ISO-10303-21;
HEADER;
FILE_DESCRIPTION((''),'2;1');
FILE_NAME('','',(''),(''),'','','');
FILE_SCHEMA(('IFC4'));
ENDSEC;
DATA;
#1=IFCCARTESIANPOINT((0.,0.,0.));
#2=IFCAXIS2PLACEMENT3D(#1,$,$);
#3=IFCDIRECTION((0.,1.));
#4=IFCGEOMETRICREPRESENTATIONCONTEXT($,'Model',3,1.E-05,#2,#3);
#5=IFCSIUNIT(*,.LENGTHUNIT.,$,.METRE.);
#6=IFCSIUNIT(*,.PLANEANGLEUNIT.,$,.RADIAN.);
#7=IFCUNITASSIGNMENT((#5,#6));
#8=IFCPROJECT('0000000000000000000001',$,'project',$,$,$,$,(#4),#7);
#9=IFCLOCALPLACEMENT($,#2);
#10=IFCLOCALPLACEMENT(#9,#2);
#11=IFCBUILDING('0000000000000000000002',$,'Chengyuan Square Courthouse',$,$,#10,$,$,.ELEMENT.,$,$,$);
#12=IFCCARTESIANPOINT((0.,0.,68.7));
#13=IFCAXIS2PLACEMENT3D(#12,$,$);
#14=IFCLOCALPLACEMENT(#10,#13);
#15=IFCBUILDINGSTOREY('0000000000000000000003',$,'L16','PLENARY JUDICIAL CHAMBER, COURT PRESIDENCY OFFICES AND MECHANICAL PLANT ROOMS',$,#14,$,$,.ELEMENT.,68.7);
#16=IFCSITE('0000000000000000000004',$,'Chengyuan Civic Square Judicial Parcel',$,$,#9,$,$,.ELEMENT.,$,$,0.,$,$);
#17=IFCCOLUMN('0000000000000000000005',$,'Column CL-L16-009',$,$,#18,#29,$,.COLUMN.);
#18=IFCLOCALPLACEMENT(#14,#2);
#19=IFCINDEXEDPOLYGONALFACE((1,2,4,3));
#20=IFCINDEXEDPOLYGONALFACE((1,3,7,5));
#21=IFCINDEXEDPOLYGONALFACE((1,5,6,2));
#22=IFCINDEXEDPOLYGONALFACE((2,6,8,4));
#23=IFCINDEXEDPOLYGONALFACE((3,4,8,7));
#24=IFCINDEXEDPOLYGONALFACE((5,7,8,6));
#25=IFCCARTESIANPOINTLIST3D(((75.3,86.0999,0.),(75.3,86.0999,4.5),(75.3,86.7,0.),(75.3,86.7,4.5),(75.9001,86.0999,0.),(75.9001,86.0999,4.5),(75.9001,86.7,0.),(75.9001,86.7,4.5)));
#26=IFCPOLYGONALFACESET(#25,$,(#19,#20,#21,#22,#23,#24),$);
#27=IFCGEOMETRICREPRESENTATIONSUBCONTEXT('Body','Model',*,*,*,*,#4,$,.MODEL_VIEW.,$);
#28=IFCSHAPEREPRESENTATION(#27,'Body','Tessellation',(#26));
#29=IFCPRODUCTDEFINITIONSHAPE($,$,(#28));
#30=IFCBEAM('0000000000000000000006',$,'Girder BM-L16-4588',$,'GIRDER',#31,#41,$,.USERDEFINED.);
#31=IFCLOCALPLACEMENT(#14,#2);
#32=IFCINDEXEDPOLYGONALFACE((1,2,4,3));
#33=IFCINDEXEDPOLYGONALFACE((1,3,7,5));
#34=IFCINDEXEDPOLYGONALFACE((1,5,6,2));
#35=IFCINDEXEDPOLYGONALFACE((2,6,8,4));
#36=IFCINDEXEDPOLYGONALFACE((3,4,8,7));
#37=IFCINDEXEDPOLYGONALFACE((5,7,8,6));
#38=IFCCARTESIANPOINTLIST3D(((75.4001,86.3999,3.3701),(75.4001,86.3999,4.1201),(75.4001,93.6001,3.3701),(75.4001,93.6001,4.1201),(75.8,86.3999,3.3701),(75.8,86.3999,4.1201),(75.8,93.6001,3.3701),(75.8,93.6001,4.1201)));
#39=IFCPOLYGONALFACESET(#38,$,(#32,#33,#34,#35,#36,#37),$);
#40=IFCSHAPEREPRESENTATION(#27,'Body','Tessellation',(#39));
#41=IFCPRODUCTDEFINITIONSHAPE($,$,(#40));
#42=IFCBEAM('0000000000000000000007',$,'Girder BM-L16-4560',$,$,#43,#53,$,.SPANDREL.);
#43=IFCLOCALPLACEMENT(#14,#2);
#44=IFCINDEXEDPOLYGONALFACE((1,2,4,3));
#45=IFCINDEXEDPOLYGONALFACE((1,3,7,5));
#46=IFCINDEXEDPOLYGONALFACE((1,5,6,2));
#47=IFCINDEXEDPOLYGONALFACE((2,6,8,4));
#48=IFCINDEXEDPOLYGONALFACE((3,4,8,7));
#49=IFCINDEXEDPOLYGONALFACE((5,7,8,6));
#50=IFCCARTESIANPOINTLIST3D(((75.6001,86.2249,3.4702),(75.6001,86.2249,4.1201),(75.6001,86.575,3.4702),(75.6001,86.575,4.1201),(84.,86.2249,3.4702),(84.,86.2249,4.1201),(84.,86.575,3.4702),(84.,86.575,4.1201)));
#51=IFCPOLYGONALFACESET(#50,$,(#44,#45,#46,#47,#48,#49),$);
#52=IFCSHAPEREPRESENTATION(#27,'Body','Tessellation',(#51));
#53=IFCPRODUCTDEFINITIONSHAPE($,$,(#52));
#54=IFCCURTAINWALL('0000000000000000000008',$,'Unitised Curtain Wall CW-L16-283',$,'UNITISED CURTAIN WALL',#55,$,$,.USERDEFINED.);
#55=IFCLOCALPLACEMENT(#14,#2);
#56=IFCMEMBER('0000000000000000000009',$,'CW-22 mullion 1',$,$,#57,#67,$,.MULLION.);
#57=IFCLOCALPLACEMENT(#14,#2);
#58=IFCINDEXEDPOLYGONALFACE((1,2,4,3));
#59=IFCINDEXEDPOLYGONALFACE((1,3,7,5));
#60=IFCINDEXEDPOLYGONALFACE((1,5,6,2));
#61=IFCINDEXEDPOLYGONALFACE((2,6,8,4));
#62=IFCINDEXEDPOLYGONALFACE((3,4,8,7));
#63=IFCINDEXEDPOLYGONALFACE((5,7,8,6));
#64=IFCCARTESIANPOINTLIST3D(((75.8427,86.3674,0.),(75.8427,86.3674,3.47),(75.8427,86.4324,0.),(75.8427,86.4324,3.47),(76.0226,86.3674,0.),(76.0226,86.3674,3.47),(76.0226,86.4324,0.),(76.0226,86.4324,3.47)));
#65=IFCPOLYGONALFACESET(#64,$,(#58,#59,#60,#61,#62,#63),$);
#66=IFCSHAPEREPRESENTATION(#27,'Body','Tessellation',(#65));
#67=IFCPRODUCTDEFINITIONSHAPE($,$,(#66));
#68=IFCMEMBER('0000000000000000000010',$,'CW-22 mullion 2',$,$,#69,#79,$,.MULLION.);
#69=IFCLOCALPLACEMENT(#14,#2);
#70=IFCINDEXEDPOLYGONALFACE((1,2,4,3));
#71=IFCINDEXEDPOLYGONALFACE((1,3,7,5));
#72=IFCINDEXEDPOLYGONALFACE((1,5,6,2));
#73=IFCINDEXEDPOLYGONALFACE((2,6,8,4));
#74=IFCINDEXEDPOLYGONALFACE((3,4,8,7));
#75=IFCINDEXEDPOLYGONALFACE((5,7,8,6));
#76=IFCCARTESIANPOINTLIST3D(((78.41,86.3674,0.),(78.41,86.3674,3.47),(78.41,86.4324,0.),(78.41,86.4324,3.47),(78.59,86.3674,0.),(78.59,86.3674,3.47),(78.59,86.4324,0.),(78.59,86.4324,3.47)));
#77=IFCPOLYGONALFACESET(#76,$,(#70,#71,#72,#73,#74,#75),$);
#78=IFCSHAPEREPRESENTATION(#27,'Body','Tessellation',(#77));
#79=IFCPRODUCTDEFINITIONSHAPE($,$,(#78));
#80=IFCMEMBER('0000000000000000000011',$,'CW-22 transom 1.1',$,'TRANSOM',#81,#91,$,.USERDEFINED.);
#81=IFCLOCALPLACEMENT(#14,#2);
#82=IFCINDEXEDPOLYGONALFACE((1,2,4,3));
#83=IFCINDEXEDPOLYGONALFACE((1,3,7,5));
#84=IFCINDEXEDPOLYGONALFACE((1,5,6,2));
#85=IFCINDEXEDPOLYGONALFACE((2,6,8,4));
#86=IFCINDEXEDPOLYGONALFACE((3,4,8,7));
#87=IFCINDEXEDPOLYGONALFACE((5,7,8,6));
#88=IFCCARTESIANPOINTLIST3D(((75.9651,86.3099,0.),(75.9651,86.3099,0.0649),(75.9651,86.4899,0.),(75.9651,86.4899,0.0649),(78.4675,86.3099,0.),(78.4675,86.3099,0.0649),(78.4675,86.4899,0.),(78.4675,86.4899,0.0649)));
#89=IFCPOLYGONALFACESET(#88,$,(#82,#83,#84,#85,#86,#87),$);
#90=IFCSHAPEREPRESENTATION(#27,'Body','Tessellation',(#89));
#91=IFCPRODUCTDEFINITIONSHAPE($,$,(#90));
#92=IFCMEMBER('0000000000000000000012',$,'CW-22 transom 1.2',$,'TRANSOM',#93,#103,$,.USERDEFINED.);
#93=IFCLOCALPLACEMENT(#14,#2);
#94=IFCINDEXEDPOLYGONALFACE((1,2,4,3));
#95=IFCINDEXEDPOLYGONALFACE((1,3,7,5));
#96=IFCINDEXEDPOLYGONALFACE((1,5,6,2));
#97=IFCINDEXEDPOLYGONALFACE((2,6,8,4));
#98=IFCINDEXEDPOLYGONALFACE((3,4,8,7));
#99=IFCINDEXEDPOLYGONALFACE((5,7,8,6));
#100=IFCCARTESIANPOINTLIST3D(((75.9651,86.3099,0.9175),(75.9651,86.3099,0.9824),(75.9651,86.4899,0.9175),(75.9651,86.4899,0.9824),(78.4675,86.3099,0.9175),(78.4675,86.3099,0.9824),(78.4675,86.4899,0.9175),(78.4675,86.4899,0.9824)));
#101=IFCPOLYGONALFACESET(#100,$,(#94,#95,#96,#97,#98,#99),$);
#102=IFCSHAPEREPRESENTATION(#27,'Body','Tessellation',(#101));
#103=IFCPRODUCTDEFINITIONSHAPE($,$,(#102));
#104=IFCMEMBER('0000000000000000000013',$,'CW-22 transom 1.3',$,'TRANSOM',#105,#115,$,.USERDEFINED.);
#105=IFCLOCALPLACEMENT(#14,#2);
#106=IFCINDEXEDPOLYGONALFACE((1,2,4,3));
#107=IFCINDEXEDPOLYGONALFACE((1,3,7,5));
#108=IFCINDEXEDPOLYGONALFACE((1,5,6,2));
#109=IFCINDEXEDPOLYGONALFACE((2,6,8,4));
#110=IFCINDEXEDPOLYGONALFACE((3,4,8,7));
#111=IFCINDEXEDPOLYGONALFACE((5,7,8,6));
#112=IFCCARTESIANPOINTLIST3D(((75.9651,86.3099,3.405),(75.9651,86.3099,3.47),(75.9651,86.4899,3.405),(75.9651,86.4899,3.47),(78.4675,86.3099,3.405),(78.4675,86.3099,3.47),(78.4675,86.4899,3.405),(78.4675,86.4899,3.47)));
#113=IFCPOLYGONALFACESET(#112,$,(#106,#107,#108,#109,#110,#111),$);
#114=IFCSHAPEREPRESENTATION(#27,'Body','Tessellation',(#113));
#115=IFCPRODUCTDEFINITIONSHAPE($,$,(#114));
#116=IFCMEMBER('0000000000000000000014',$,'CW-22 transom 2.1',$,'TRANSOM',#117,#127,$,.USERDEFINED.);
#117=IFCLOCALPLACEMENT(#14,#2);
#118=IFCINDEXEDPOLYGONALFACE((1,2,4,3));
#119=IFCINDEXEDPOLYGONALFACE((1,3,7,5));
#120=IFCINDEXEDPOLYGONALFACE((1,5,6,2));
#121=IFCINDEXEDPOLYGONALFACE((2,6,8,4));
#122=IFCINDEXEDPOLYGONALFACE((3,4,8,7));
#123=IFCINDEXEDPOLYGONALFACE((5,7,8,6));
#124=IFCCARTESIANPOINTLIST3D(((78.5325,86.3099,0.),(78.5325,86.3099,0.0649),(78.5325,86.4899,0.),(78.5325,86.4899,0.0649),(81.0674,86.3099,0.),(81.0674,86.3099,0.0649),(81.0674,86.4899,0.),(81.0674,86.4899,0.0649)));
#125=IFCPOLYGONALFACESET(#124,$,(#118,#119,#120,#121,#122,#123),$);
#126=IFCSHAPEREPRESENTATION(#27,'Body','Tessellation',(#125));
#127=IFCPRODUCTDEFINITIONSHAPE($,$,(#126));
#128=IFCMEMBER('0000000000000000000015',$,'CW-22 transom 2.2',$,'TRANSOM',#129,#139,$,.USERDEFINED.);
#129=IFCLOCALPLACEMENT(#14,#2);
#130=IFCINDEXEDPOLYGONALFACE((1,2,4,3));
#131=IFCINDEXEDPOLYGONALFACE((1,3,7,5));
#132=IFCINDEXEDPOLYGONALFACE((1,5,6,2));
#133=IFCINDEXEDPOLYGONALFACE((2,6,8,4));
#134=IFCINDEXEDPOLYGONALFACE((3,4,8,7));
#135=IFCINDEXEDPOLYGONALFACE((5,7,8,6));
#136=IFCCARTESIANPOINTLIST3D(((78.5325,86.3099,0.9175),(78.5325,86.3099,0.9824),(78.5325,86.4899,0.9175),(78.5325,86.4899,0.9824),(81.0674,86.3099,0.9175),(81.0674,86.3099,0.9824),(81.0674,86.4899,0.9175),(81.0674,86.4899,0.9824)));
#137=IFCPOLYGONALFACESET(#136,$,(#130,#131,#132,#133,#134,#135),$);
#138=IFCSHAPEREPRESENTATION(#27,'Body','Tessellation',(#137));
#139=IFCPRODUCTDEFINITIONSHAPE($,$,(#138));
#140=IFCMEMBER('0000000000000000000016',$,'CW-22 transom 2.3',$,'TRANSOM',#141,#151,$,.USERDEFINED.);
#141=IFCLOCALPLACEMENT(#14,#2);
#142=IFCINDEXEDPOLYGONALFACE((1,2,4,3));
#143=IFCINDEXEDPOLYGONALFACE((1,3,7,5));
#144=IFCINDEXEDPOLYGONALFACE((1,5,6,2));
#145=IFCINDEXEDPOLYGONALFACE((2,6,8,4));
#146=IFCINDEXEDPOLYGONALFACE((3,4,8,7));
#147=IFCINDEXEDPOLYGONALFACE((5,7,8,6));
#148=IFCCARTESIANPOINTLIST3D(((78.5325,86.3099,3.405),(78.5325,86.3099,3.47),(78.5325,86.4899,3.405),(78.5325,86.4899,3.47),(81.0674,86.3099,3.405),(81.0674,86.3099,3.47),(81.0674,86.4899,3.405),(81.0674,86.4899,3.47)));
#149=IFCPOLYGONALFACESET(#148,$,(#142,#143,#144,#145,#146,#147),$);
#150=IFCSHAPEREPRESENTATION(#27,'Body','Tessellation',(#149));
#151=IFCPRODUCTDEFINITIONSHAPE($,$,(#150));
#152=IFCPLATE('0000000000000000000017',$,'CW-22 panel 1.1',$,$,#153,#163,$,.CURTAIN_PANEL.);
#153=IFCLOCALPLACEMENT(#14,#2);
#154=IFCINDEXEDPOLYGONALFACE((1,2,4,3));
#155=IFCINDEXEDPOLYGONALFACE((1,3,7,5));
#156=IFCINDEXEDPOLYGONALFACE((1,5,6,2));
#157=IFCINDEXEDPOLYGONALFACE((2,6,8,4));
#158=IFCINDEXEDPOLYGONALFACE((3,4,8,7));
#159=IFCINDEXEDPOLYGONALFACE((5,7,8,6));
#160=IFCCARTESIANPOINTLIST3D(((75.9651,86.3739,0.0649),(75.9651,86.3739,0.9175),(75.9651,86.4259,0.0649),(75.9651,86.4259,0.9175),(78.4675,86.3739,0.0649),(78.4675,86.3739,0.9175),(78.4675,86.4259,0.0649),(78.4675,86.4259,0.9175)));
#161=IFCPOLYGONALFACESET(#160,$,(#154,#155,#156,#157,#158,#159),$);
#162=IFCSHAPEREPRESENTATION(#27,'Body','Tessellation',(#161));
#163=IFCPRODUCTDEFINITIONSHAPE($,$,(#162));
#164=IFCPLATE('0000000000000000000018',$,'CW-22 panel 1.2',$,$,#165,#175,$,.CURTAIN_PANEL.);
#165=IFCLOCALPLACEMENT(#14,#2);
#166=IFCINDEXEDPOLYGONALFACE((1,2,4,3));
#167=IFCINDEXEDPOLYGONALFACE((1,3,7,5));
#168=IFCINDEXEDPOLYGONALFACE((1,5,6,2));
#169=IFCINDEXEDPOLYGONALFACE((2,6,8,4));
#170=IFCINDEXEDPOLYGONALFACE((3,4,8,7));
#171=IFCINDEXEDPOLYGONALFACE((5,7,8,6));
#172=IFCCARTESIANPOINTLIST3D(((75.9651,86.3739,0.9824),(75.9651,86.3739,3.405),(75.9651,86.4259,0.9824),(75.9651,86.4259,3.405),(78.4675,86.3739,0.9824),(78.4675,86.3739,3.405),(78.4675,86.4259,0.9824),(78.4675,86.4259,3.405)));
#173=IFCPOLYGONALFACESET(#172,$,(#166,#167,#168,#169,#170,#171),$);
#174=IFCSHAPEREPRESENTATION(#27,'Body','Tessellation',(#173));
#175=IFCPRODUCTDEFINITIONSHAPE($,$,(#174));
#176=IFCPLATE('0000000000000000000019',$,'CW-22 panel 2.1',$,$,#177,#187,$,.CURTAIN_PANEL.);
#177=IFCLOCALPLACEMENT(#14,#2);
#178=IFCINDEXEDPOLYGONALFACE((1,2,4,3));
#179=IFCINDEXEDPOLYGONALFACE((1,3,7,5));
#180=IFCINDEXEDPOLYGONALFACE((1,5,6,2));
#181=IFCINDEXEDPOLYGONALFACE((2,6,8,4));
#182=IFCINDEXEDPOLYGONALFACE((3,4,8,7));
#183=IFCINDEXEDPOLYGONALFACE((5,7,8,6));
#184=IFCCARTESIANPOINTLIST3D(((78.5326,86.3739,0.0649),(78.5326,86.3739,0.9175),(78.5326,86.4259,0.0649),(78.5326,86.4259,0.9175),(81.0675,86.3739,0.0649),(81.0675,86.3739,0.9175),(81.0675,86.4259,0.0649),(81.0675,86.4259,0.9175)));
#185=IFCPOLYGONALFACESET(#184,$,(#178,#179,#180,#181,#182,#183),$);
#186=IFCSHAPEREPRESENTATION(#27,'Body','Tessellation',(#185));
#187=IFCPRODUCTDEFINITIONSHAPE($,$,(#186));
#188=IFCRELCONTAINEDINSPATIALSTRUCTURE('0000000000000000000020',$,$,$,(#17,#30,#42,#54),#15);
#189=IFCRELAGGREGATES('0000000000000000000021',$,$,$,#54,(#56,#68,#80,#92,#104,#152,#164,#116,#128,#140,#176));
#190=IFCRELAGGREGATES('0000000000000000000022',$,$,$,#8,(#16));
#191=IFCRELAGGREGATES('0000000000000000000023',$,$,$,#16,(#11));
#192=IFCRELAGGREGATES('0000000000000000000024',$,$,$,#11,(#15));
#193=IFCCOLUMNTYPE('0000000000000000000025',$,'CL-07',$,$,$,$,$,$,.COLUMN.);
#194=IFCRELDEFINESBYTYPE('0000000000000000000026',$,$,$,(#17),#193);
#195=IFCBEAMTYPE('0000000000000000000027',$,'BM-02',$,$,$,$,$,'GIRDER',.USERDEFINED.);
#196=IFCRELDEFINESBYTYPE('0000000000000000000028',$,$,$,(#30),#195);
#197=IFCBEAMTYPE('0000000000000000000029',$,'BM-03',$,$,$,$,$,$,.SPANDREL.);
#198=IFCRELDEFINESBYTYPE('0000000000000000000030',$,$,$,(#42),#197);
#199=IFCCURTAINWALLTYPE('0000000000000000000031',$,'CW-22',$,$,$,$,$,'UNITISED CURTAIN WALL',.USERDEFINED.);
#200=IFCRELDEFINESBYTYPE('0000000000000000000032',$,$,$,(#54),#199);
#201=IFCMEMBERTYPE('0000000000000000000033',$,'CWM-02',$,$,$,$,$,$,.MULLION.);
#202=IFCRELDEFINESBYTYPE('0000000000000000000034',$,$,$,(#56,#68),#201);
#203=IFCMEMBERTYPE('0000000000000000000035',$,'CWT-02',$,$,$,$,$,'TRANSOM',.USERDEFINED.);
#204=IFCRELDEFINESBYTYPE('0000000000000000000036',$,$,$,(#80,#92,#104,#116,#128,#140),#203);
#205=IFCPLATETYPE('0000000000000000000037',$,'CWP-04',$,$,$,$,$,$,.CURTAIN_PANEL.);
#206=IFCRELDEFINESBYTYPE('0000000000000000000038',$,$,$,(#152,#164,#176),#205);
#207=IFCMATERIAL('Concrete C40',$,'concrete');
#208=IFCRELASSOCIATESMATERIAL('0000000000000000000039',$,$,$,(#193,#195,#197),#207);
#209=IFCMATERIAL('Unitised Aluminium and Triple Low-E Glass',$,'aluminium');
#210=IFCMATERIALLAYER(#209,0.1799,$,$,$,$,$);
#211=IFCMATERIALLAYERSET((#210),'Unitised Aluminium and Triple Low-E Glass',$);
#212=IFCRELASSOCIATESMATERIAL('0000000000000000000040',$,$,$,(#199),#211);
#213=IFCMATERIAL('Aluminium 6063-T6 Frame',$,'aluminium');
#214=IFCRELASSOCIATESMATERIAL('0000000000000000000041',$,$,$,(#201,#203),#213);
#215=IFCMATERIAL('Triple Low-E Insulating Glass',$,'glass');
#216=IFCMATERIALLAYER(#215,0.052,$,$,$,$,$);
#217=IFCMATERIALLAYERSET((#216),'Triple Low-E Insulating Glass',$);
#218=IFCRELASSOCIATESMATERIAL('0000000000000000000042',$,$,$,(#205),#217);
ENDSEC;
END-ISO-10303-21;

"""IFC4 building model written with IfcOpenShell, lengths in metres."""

from ifc_helpers import new_model, si_unit, direction, frame, origin, origin_2d, place, context, subcontext, project, spatial, rectangle, extrude, material, layer, layer_set, material_profile, profile_set, type_object, element, aggregate, save


model = new_model("IFC4")

# Units and contexts
model_context = context("Model", 3, precision=1e-05, world=origin(), true_north=direction((0.0, 1.0)))
body_context = subcontext(model_context, "Body", "Model", "MODEL_VIEW")
ifc_project = project(units=[si_unit("LENGTHUNIT", "METRE"), si_unit("PLANEANGLEUNIT", "RADIAN")], contexts=[model_context])

# Site, building, storey
site_placement = place(None, origin())
site = spatial("IfcSite", under=ifc_project, at=site_placement, Name="Chengyuan Civic Square Judicial Parcel", CompositionType="ELEMENT", RefElevation=0.0)
building_placement = place(site_placement, origin())
building = spatial("IfcBuilding", under=site, at=building_placement, Name="Chengyuan Square Courthouse", CompositionType="ELEMENT")
storey_placement = place(building_placement, frame((0.0, 0.0, 68.7)))
storey = spatial("IfcBuildingStorey", under=building, at=storey_placement, Name="L16", Description="PLENARY JUDICIAL CHAMBER, COURT PRESIDENCY OFFICES AND MECHANICAL PLANT ROOMS", CompositionType="ELEMENT", Elevation=68.7)

# Column
ifc_material_1 = material(Name="Concrete C40", Category="concrete")
ifc_material_profile_1 = material_profile(ifc_material_1, rectangle(XDim=0.6001, YDim=0.6001, at=origin_2d()), Name="RC-COL-600x600")
ifc_profile_set_1 = profile_set([ifc_material_profile_1], Name="Concrete C40")
column_type = type_object("IfcColumnType", Name="CL-07", PredefinedType="COLUMN", material=ifc_profile_set_1)
column_placement = place(storey_placement, frame((75.6001, 86.3999, 0.0), z_axis=(0.0, 0.0, 1.0), x_axis=(1.0, 0.0, 0.0)))
element("IfcColumn", 1, at=column_placement, inside=storey, type_object=column_type, Name="Column CL-L16-009", PredefinedType="COLUMN", context=body_context, shape_type="SweptSolid", body=[
    extrude(rectangle(XDim=0.6001, YDim=0.6001, at=origin_2d()), origin(), (0.0, 0.0, 1.0), 4.5),
])

# Beams
ifc_material_profile_2 = material_profile(ifc_material_1, rectangle(XDim=0.3999, YDim=0.75, at=origin_2d()), Name="RC-BM-400x750")
ifc_profile_set_2 = profile_set([ifc_material_profile_2], Name="Concrete C40")
beam_type_1 = type_object("IfcBeamType", Name="BM-02", ElementType="GIRDER", PredefinedType="USERDEFINED", material=ifc_profile_set_2)
beam_1_placement = place(storey_placement, frame((75.6001, 86.3999, 3.7451), z_axis=(0.0, 1.0, 0.0), x_axis=(-1.0, 0.0, 0.0)))
element("IfcBeam", 2, at=beam_1_placement, inside=storey, type_object=beam_type_1, Name="Girder BM-L16-4588", ObjectType="GIRDER", PredefinedType="USERDEFINED", context=body_context, shape_type="SweptSolid", body=[
    extrude(rectangle(XDim=0.3999, YDim=0.75, at=origin_2d()), origin(), (0.0, 0.0, 1.0), 7.2002),
])
ifc_material_profile_3 = material_profile(ifc_material_1, rectangle(XDim=0.3501, YDim=0.6499, at=origin_2d()), Name="RC-BM-350x650")
ifc_profile_set_3 = profile_set([ifc_material_profile_3], Name="Concrete C40")
beam_type_2 = type_object("IfcBeamType", Name="BM-03", PredefinedType="SPANDREL", material=ifc_profile_set_3)
beam_2_placement = place(storey_placement, frame((75.6001, 86.3999, 3.7952), z_axis=(1.0, 0.0, 0.0), x_axis=(0.0, 1.0, 0.0)))
element("IfcBeam", 3, at=beam_2_placement, inside=storey, type_object=beam_type_2, Name="Girder BM-L16-4560", PredefinedType="SPANDREL", context=body_context, shape_type="SweptSolid", body=[
    extrude(rectangle(XDim=0.3501, YDim=0.6499, at=origin_2d()), origin(), (0.0, 0.0, 1.0), 8.3999),
])

# Curtain wall, members, plates
ifc_material_2 = material(Name="Unitised Aluminium and Triple Low-E Glass", Category="aluminium")
ifc_layer_1 = layer(ifc_material_2, 0.1799)
ifc_layer_set_1 = layer_set([ifc_layer_1], Name="Unitised Aluminium and Triple Low-E Glass")
curtain_wall_type = type_object("IfcCurtainWallType", Name="CW-22", ElementType="UNITISED CURTAIN WALL", PredefinedType="USERDEFINED", material=ifc_layer_set_1)
curtain_wall_placement = place(storey_placement, origin())
curtain_wall = element("IfcCurtainWall", 4, at=curtain_wall_placement, inside=storey, type_object=curtain_wall_type, Name="Unitised Curtain Wall CW-L16-283", ObjectType="UNITISED CURTAIN WALL", PredefinedType="USERDEFINED")
ifc_material_3 = material(Name="Aluminium 6063-T6 Frame", Category="aluminium")
ifc_material_profile_4 = material_profile(ifc_material_3, rectangle(XDim=0.0649, YDim=0.1799, at=origin_2d()), Name="CW-MUL-65x180")
ifc_profile_set_4 = profile_set([ifc_material_profile_4], Name="Aluminium 6063-T6 Frame")
member_type_1 = type_object("IfcMemberType", Name="CWM-02", PredefinedType="MULLION", material=ifc_profile_set_4)
member_1_placement = place(storey_placement, frame((75.9326, 86.3999, 0.0), z_axis=(0.0, 0.0, 1.0), x_axis=(0.0, 1.0, 0.0)))
member_1 = element("IfcMember", 5, at=member_1_placement, type_object=member_type_1, Name="CW-22 mullion 1", PredefinedType="MULLION", context=body_context, shape_type="SweptSolid", body=[
    extrude(rectangle(XDim=0.0649, YDim=0.1799, at=origin_2d()), origin(), (0.0, 0.0, 1.0), 3.47),
])
member_2_placement = place(storey_placement, frame((78.5, 86.3999, 0.0), z_axis=(0.0, 0.0, 1.0), x_axis=(0.0, 1.0, 0.0)))
member_2 = element("IfcMember", 6, at=member_2_placement, type_object=member_type_1, Name="CW-22 mullion 2", PredefinedType="MULLION", context=body_context, shape_type="SweptSolid", body=[
    extrude(rectangle(XDim=0.0649, YDim=0.1799, at=origin_2d()), origin(), (0.0, 0.0, 1.0), 3.47),
])
ifc_material_profile_5 = material_profile(ifc_material_3, rectangle(XDim=0.1799, YDim=0.0649, at=origin_2d()), Name="CW-TRN-65x140")
ifc_profile_set_5 = profile_set([ifc_material_profile_5], Name="Aluminium 6063-T6 Frame")
member_type_2 = type_object("IfcMemberType", Name="CWT-02", ElementType="TRANSOM", PredefinedType="USERDEFINED", material=ifc_profile_set_5)
member_3_placement = place(storey_placement, frame((75.9651, 86.3999, 0.0325), z_axis=(1.0, 0.0, 0.0), x_axis=(0.0, 1.0, 0.0)))
member_3 = element("IfcMember", 7, at=member_3_placement, type_object=member_type_2, Name="CW-22 transom 1.1", ObjectType="TRANSOM", PredefinedType="USERDEFINED", context=body_context, shape_type="SweptSolid", body=[
    extrude(rectangle(XDim=0.1799, YDim=0.0649, at=origin_2d()), origin(), (0.0, 0.0, 1.0), 2.5024),
])
member_4_placement = place(storey_placement, frame((75.9651, 86.3999, 0.95), z_axis=(1.0, 0.0, 0.0), x_axis=(0.0, 1.0, 0.0)))
member_4 = element("IfcMember", 8, at=member_4_placement, type_object=member_type_2, Name="CW-22 transom 1.2", ObjectType="TRANSOM", PredefinedType="USERDEFINED", context=body_context, shape_type="SweptSolid", body=[
    extrude(rectangle(XDim=0.1799, YDim=0.0649, at=origin_2d()), origin(), (0.0, 0.0, 1.0), 2.5024),
])
member_5_placement = place(storey_placement, frame((75.9651, 86.3999, 3.4375), z_axis=(1.0, 0.0, 0.0), x_axis=(0.0, 1.0, 0.0)))
member_5 = element("IfcMember", 9, at=member_5_placement, type_object=member_type_2, Name="CW-22 transom 1.3", ObjectType="TRANSOM", PredefinedType="USERDEFINED", context=body_context, shape_type="SweptSolid", body=[
    extrude(rectangle(XDim=0.1799, YDim=0.0649, at=origin_2d()), origin(), (0.0, 0.0, 1.0), 2.5024),
])
member_6_placement = place(storey_placement, frame((78.5325, 86.3999, 0.0325), z_axis=(1.0, 0.0, 0.0), x_axis=(0.0, 1.0, 0.0)))
member_6 = element("IfcMember", 10, at=member_6_placement, type_object=member_type_2, Name="CW-22 transom 2.1", ObjectType="TRANSOM", PredefinedType="USERDEFINED", context=body_context, shape_type="SweptSolid", body=[
    extrude(rectangle(XDim=0.1799, YDim=0.0649, at=origin_2d()), origin(), (0.0, 0.0, 1.0), 2.5349),
])
member_7_placement = place(storey_placement, frame((78.5325, 86.3999, 0.95), z_axis=(1.0, 0.0, 0.0), x_axis=(0.0, 1.0, 0.0)))
member_7 = element("IfcMember", 11, at=member_7_placement, type_object=member_type_2, Name="CW-22 transom 2.2", ObjectType="TRANSOM", PredefinedType="USERDEFINED", context=body_context, shape_type="SweptSolid", body=[
    extrude(rectangle(XDim=0.1799, YDim=0.0649, at=origin_2d()), origin(), (0.0, 0.0, 1.0), 2.5349),
])
member_8_placement = place(storey_placement, frame((78.5325, 86.3999, 3.4375), z_axis=(1.0, 0.0, 0.0), x_axis=(0.0, 1.0, 0.0)))
member_8 = element("IfcMember", 12, at=member_8_placement, type_object=member_type_2, Name="CW-22 transom 2.3", ObjectType="TRANSOM", PredefinedType="USERDEFINED", context=body_context, shape_type="SweptSolid", body=[
    extrude(rectangle(XDim=0.1799, YDim=0.0649, at=origin_2d()), origin(), (0.0, 0.0, 1.0), 2.5349),
])
ifc_material_4 = material(Name="Triple Low-E Insulating Glass", Category="glass")
ifc_layer_2 = layer(ifc_material_4, 0.052)
ifc_layer_set_2 = layer_set([ifc_layer_2], Name="Triple Low-E Insulating Glass")
plate_type = type_object("IfcPlateType", Name="CWP-04", PredefinedType="CURTAIN_PANEL", material=ifc_layer_set_2)
plate_1_placement = place(storey_placement, frame((77.2163, 86.3999, 0.0649), z_axis=(0.0, 0.0, 1.0), x_axis=(1.0, 0.0, 0.0)))
plate_1 = element("IfcPlate", 13, at=plate_1_placement, type_object=plate_type, Name="CW-22 panel 1.1", PredefinedType="CURTAIN_PANEL", context=body_context, shape_type="SweptSolid", body=[
    extrude(rectangle(XDim=2.5024, YDim=0.052, at=origin_2d()), origin(), (0.0, 0.0, 1.0), 0.8525),
])
plate_2_placement = place(storey_placement, frame((77.2163, 86.3999, 0.9824), z_axis=(0.0, 0.0, 1.0), x_axis=(1.0, 0.0, 0.0)))
plate_2 = element("IfcPlate", 14, at=plate_2_placement, type_object=plate_type, Name="CW-22 panel 1.2", PredefinedType="CURTAIN_PANEL", context=body_context, shape_type="SweptSolid", body=[
    extrude(rectangle(XDim=2.5024, YDim=0.052, at=origin_2d()), origin(), (0.0, 0.0, 1.0), 2.4226),
])
plate_3_placement = place(storey_placement, frame((79.8, 86.3999, 0.0649), z_axis=(0.0, 0.0, 1.0), x_axis=(1.0, 0.0, 0.0)))
plate_3 = element("IfcPlate", 15, at=plate_3_placement, type_object=plate_type, Name="CW-22 panel 2.1", PredefinedType="CURTAIN_PANEL", context=body_context, shape_type="SweptSolid", body=[
    extrude(rectangle(XDim=2.5349, YDim=0.052, at=origin_2d()), origin(), (0.0, 0.0, 1.0), 0.8525),
])
aggregate(curtain_wall, [member_1, member_2, member_3, member_4, member_5, plate_1, plate_2, member_6, member_7, member_8, plate_3])

save(model, "model.ifc")
